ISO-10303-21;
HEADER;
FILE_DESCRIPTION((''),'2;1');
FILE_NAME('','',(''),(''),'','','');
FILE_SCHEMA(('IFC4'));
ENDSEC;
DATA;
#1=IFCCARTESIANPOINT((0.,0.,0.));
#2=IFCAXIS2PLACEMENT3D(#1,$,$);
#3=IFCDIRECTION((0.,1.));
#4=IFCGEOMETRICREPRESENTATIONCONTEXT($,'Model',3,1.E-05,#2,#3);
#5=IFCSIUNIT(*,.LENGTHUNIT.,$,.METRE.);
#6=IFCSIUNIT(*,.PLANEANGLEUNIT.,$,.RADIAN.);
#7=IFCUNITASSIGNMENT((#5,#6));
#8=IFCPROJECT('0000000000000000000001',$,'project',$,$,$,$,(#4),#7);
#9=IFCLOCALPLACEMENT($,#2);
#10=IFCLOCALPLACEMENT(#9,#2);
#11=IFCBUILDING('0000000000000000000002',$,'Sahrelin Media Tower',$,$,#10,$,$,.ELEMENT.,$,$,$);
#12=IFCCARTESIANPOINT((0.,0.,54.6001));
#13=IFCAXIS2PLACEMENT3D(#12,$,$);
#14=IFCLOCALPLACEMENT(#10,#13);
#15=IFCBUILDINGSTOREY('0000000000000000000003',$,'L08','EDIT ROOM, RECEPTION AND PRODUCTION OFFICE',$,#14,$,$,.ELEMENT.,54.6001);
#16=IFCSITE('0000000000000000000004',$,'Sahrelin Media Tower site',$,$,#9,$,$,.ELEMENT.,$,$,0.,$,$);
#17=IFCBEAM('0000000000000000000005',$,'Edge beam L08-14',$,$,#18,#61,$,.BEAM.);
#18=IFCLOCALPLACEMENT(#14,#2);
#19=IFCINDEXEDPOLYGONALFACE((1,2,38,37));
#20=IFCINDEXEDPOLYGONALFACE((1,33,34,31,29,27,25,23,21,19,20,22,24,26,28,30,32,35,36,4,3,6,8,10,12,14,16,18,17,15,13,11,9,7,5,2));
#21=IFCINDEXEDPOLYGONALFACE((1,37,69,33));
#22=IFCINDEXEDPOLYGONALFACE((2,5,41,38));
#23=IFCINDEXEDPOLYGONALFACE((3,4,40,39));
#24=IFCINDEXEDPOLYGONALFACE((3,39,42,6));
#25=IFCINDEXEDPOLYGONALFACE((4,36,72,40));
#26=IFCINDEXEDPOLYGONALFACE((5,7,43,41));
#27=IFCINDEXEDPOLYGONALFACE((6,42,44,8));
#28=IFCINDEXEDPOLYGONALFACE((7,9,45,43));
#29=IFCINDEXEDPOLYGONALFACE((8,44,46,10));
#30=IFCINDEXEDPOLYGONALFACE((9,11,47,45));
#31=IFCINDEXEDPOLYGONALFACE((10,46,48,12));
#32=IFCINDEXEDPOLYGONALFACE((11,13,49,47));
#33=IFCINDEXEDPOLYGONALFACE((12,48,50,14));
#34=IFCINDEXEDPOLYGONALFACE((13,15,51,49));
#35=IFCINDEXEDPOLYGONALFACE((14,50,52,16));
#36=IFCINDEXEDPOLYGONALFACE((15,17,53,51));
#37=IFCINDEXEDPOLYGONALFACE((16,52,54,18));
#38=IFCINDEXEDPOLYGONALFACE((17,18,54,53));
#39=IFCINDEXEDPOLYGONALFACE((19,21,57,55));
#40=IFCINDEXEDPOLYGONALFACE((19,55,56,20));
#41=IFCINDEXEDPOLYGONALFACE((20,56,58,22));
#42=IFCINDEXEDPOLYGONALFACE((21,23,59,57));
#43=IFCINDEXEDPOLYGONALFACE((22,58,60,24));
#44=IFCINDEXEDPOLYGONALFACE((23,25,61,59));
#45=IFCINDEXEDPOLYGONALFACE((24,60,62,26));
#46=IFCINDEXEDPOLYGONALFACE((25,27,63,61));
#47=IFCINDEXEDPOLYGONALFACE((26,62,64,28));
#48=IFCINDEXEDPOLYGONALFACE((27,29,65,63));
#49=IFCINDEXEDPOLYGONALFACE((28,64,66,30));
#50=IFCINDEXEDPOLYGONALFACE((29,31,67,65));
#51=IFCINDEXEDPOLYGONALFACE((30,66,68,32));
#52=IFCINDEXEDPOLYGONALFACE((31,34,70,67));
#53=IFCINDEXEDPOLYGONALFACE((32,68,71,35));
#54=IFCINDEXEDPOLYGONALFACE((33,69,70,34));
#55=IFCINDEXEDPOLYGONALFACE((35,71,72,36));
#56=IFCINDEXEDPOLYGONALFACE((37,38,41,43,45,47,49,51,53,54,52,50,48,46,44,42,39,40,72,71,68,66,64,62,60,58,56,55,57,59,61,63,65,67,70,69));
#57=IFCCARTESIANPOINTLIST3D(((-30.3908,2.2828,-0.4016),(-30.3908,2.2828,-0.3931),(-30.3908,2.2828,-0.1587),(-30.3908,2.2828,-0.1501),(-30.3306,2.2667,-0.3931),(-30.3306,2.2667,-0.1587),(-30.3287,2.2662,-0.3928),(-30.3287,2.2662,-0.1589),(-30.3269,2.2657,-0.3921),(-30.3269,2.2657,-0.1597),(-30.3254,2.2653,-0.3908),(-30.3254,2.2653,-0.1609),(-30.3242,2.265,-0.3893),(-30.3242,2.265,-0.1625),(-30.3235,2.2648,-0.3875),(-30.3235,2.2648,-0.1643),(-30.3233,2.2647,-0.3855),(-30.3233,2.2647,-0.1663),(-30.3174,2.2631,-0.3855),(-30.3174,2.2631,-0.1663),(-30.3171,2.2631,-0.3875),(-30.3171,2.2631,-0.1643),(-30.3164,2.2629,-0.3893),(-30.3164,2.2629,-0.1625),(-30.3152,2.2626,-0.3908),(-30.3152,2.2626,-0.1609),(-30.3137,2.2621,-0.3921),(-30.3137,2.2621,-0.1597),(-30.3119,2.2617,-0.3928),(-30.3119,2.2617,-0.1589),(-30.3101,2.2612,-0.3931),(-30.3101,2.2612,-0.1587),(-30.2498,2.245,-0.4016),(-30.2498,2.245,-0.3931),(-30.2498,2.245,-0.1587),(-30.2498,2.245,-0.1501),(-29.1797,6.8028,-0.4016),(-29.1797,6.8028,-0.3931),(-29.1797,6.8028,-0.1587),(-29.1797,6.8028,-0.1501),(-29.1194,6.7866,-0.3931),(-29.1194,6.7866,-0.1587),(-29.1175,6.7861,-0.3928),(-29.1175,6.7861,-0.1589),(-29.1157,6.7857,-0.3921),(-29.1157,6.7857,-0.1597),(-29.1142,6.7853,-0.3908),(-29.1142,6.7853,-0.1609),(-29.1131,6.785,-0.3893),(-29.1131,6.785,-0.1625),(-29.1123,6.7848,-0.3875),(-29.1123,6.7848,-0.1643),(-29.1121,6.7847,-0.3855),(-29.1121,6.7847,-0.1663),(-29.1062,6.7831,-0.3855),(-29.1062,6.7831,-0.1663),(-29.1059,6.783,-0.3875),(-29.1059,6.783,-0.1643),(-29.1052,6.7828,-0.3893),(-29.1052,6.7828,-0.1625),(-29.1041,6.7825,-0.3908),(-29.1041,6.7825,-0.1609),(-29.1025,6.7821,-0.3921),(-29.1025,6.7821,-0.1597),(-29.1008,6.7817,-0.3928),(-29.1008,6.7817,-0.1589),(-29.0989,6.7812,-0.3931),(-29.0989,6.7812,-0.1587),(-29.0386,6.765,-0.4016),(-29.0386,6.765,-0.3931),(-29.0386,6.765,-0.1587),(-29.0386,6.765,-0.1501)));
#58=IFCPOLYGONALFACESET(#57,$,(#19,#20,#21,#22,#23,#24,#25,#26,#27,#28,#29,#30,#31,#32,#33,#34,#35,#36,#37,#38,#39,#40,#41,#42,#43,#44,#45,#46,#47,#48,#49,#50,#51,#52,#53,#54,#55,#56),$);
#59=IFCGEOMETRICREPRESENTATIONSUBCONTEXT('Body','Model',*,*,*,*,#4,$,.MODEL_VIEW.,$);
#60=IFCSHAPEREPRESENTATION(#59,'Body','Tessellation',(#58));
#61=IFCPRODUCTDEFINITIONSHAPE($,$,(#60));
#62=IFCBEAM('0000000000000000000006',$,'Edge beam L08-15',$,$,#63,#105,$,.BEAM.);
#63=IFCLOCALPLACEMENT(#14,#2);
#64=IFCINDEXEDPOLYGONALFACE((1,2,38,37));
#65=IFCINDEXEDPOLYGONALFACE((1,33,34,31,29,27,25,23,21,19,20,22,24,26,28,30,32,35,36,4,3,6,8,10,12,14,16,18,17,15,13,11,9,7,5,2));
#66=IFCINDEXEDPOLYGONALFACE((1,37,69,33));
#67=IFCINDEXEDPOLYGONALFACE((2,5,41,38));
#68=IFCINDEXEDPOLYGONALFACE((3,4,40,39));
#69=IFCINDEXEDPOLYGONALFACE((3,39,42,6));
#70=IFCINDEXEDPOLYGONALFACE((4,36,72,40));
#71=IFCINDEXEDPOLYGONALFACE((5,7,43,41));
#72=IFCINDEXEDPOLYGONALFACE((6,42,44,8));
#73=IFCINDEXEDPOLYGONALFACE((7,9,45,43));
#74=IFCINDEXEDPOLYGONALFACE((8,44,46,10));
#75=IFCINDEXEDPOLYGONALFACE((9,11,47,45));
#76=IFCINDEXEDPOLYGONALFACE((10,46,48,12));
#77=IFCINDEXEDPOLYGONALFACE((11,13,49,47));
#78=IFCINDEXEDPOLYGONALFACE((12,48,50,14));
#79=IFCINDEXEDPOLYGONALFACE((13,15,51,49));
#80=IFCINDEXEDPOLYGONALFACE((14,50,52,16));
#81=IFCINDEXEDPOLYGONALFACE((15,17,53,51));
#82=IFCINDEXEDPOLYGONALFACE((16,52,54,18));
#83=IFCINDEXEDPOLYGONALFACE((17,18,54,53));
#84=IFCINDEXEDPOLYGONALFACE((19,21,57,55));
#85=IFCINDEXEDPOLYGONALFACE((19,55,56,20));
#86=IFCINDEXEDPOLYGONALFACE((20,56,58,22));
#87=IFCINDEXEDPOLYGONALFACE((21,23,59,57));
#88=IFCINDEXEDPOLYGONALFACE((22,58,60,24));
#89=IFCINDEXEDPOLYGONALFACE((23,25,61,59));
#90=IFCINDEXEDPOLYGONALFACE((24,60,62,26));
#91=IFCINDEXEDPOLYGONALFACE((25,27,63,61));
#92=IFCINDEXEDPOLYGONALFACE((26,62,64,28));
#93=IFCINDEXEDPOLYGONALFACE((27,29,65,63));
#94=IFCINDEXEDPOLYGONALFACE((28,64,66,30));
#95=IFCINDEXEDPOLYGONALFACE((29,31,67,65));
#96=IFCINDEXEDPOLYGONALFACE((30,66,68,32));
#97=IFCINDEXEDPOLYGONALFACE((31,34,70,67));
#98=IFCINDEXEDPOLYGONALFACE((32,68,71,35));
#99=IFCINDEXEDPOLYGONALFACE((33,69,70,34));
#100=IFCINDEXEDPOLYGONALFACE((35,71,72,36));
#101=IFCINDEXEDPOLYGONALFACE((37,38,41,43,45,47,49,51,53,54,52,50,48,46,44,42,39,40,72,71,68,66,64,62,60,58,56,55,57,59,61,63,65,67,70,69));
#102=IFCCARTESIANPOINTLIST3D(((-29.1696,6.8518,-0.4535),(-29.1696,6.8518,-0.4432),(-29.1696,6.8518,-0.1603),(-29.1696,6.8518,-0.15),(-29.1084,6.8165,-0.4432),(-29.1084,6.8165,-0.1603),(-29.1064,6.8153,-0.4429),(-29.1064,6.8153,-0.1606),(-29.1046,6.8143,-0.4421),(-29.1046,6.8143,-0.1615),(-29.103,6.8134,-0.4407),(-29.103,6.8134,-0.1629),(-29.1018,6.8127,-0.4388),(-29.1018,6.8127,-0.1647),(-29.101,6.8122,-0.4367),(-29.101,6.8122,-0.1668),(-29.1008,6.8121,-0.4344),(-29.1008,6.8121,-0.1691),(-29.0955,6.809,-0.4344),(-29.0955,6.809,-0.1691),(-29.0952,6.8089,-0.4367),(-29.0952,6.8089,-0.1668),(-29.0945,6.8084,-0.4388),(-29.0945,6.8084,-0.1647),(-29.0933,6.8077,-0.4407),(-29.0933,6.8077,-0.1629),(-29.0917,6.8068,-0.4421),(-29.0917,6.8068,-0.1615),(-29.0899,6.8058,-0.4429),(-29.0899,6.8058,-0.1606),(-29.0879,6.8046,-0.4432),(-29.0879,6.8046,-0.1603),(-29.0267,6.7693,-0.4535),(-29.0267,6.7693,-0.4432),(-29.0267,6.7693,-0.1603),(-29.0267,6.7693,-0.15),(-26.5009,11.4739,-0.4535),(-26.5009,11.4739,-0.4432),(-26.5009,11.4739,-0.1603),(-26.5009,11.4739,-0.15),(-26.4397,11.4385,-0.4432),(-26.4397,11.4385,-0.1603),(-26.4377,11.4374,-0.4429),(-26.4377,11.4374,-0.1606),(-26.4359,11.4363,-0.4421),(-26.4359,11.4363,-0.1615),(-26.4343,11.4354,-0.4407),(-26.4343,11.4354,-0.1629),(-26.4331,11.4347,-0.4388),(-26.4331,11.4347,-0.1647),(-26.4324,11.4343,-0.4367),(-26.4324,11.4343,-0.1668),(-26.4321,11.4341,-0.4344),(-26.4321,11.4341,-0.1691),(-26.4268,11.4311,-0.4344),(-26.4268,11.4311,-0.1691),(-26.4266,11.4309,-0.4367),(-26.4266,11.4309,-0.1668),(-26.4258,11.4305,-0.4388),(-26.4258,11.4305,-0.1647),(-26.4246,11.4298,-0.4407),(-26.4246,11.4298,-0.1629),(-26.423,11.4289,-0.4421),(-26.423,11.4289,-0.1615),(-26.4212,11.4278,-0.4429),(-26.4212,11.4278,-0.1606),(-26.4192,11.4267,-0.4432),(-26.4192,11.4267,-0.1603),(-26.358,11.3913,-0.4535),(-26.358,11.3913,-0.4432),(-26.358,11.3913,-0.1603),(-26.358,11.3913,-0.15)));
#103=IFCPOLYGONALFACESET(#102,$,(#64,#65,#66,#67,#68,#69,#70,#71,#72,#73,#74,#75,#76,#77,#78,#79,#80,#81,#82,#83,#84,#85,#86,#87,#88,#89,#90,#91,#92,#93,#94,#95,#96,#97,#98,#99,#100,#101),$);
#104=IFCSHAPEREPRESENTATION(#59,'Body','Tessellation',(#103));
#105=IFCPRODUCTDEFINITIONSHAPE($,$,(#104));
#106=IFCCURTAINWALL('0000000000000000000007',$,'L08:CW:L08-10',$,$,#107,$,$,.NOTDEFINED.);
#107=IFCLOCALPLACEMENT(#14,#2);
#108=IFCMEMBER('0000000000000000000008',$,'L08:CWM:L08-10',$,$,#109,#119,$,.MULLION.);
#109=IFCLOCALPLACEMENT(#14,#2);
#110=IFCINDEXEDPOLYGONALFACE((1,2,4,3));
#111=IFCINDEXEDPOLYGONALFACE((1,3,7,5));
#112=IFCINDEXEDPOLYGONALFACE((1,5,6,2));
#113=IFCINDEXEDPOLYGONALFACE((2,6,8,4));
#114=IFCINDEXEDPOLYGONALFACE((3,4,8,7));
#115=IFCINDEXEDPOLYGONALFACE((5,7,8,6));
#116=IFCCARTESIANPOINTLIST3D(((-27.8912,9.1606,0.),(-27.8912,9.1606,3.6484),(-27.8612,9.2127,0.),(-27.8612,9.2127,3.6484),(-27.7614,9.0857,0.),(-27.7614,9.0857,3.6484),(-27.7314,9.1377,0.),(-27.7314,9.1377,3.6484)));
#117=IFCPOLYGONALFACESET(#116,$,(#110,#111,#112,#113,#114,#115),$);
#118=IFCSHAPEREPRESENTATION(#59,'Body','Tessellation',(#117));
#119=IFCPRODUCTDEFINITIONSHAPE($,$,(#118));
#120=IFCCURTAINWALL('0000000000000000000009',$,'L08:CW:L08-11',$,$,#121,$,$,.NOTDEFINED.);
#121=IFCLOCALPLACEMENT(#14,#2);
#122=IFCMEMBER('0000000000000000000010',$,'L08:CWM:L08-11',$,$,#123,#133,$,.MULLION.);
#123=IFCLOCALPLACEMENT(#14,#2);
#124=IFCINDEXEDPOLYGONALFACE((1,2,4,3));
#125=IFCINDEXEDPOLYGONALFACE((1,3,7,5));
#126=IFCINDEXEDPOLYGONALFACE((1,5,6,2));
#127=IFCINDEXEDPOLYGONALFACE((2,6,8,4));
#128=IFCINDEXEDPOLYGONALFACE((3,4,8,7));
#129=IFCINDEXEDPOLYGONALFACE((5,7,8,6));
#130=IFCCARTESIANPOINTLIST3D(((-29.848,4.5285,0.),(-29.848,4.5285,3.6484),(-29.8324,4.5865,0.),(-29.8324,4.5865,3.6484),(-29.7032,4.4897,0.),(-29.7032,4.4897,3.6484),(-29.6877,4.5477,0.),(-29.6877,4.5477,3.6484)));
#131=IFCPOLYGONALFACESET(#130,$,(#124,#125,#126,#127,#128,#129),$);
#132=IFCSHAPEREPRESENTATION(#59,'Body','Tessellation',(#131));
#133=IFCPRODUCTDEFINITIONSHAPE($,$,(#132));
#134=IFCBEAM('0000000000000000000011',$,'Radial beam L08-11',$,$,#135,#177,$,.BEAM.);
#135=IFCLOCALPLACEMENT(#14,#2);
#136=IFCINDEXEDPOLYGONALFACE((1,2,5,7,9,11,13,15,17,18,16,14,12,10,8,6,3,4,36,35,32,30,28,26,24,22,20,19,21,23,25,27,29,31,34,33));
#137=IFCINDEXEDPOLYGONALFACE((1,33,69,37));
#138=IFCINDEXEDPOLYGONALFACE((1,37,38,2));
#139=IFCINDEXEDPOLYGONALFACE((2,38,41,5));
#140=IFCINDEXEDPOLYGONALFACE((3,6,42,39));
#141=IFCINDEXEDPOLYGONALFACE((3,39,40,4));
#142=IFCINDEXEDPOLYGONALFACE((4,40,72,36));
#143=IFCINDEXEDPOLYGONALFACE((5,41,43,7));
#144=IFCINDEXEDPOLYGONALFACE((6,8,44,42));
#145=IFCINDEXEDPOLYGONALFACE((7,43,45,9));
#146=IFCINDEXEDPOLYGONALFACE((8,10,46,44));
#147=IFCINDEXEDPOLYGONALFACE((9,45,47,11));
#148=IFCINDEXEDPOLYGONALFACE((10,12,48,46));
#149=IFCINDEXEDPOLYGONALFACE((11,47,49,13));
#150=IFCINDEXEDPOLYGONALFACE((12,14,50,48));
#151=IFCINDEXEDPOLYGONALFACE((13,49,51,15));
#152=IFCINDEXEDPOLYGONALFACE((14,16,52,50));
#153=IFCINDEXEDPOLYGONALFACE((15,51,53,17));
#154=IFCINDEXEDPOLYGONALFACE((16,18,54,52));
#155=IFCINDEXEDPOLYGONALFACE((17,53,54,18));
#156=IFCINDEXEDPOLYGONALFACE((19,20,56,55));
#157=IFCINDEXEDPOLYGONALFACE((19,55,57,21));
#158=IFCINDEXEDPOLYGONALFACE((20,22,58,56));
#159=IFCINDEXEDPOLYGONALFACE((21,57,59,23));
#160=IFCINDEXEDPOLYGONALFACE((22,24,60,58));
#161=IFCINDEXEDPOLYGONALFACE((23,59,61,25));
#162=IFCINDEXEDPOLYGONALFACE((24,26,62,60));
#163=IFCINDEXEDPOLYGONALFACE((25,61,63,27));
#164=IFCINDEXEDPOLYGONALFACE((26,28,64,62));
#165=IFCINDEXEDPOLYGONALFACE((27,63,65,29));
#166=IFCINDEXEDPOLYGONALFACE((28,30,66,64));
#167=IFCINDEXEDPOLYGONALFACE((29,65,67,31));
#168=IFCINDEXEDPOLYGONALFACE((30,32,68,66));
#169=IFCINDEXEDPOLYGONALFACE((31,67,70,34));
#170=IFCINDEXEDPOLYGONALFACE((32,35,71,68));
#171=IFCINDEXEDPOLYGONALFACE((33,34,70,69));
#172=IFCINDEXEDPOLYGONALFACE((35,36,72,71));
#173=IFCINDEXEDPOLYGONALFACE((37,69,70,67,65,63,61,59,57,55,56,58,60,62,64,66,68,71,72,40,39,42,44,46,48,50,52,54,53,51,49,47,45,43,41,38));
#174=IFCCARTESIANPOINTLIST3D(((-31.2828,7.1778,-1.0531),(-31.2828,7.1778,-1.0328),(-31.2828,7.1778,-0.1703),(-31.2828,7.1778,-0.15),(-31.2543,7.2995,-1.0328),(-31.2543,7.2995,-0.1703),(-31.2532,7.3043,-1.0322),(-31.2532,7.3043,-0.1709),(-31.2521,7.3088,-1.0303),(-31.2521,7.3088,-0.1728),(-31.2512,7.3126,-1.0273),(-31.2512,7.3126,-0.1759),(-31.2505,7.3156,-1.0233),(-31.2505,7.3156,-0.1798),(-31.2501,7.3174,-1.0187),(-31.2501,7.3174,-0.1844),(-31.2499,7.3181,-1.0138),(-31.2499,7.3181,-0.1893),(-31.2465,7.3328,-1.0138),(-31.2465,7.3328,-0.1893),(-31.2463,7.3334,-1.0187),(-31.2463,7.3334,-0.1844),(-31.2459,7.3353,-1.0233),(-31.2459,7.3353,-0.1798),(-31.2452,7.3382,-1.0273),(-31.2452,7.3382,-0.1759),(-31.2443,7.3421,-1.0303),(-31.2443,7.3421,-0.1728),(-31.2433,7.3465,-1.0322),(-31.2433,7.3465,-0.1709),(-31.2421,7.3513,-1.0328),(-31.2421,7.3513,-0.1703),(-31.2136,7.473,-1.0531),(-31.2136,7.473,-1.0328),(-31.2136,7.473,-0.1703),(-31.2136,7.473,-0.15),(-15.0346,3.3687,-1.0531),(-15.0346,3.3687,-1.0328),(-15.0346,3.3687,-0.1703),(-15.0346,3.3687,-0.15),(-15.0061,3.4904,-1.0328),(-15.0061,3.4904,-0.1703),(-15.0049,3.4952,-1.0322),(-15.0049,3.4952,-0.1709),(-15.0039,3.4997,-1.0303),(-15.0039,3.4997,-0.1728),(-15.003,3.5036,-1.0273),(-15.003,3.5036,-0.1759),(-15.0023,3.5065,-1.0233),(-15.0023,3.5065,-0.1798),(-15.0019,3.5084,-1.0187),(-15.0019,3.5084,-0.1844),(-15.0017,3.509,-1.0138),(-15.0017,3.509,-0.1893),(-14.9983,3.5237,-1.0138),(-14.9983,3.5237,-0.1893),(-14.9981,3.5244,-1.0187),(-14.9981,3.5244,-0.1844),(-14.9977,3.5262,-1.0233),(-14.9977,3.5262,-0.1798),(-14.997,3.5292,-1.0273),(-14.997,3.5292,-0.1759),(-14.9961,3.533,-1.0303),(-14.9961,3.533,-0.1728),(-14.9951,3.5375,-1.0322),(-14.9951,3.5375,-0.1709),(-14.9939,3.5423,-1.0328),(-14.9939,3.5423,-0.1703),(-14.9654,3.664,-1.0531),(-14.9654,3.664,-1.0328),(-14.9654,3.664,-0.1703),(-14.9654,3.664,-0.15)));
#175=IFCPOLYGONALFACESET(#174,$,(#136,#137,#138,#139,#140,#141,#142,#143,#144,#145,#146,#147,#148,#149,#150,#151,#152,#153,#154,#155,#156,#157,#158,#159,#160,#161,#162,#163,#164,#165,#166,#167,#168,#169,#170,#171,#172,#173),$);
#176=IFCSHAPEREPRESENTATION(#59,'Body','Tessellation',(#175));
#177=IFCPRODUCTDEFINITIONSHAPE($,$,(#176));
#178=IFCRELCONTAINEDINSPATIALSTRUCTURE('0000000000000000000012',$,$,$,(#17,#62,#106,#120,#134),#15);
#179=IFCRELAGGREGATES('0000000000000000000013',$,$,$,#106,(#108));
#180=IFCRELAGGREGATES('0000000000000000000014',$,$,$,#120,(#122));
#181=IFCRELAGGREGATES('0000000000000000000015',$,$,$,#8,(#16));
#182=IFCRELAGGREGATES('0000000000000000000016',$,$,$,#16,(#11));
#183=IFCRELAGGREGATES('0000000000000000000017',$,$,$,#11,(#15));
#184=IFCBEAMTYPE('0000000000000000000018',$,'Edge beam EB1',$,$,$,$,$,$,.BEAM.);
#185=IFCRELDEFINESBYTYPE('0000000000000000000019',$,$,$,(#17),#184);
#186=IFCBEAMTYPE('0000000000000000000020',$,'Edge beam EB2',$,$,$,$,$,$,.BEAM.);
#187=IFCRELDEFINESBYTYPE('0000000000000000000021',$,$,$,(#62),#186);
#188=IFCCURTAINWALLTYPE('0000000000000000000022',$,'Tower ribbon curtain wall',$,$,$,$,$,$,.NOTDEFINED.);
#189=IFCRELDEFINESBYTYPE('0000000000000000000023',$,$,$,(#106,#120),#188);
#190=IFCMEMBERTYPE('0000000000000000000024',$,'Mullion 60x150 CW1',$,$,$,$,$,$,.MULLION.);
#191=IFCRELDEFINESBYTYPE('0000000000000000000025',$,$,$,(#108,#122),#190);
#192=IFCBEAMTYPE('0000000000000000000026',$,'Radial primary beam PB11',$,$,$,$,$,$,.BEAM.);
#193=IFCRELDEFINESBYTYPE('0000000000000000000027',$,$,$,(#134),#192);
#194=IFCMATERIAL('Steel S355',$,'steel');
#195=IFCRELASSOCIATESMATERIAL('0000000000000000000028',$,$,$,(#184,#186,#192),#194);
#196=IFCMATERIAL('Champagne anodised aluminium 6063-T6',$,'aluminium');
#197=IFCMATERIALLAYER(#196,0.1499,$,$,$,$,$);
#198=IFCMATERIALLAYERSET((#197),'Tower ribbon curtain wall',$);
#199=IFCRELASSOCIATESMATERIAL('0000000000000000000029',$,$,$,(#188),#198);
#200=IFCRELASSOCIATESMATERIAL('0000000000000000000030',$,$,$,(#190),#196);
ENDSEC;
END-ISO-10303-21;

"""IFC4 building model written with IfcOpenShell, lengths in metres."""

from ifc_helpers import new_model, si_unit, direction, frame, origin, origin_2d, place, context, subcontext, project, spatial, rectangle, i_section, extrude, material, layer, layer_set, material_profile, profile_set, type_object, element, aggregate, save


model = new_model("IFC4")

# Units and contexts
model_context = context("Model", 3, precision=1e-05, world=origin(), true_north=direction((0.0, 1.0)))
body_context = subcontext(model_context, "Body", "Model", "MODEL_VIEW")
ifc_project = project(units=[si_unit("LENGTHUNIT", "METRE"), si_unit("PLANEANGLEUNIT", "RADIAN")], contexts=[model_context])

# Site, building, storey
site_placement = place(None, origin())
site = spatial("IfcSite", under=ifc_project, at=site_placement, Name="Sahrelin Media Tower site", CompositionType="ELEMENT", RefElevation=0.0)
building_placement = place(site_placement, origin())
building = spatial("IfcBuilding", under=site, at=building_placement, Name="Sahrelin Media Tower", CompositionType="ELEMENT")
storey_placement = place(building_placement, frame((0.0, 0.0, 54.6001)))
storey = spatial("IfcBuildingStorey", under=building, at=storey_placement, Name="L08", Description="EDIT ROOM, RECEPTION AND PRODUCTION OFFICE", CompositionType="ELEMENT", Elevation=54.6001)

# Beams
ifc_material_1 = material(Name="Steel S355", Category="steel")
ifc_material_profile_1 = material_profile(ifc_material_1, i_section(OverallWidth=0.146, OverallDepth=0.2515, WebThickness=0.0061, FlangeThickness=0.0085, FilletRadius=0.0076, at=origin_2d()), Name="UB 254x146x31")
ifc_profile_set_1 = profile_set([ifc_material_profile_1], Name="Steel S355")
beam_type_1 = type_object("IfcBeamType", Name="Edge beam EB1", PredefinedType="BEAM", material=ifc_profile_set_1)
beam_1_placement = place(storey_placement, frame((-30.3203, 2.2639, -0.2759), z_axis=(0.258828, 0.965923, 0.0), x_axis=(-0.965923, 0.258828, 0.0)))
element("IfcBeam", 1, at=beam_1_placement, inside=storey, type_object=beam_type_1, Name="Edge beam L08-14", PredefinedType="BEAM", context=body_context, shape_type="SweptSolid", body=[
    extrude(i_section(OverallWidth=0.146, OverallDepth=0.2515, WebThickness=0.0061, FlangeThickness=0.0085, FilletRadius=0.0076, at=origin_2d()), origin(), (0.0, 0.0, 1.0), 4.6794),
])
ifc_material_profile_2 = material_profile(ifc_material_1, i_section(OverallWidth=0.165, OverallDepth=0.3035, WebThickness=0.0061, FlangeThickness=0.0103, FilletRadius=0.0088, at=origin_2d()), Name="UB 305x165x40")
ifc_profile_set_2 = profile_set([ifc_material_profile_2], Name="Steel S355")
beam_type_2 = type_object("IfcBeamType", Name="Edge beam EB2", PredefinedType="BEAM", material=ifc_profile_set_2)
beam_2_placement = place(storey_placement, frame((-29.0981, 6.8105, -0.3018), z_axis=(0.500021, 0.866013, 0.0), x_axis=(-0.866013, 0.500021, 0.0)))
element("IfcBeam", 2, at=beam_2_placement, inside=storey, type_object=beam_type_2, Name="Edge beam L08-15", PredefinedType="BEAM", context=body_context, shape_type="SweptSolid", body=[
    extrude(i_section(OverallWidth=0.165, OverallDepth=0.3035, WebThickness=0.0061, FlangeThickness=0.0103, FilletRadius=0.0088, at=origin_2d()), origin(), (0.0, 0.0, 1.0), 5.3372),
])

# Curtain walls, members
ifc_material_2 = material(Name="Champagne anodised aluminium 6063-T6", Category="aluminium")
ifc_layer_1 = layer(ifc_material_2, 0.1499)
ifc_layer_set_1 = layer_set([ifc_layer_1], Name="Tower ribbon curtain wall")
curtain_wall_type = type_object("IfcCurtainWallType", Name="Tower ribbon curtain wall", PredefinedType="NOTDEFINED", material=ifc_layer_set_1)
curtain_wall_1_placement = place(storey_placement, frame((-27.8938, 9.1965, 0.0), z_axis=(0.0, 0.0, 1.0), x_axis=(1.0, 0.0, 0.0)))
curtain_wall_1 = element("IfcCurtainWall", 3, at=curtain_wall_1_placement, inside=storey, type_object=curtain_wall_type, Name="L08:CW:L08-10", PredefinedType="NOTDEFINED")
ifc_material_profile_3 = material_profile(ifc_material_2, rectangle(XDim=0.0601, YDim=0.1499, at=origin_2d()), Name="Mullion 60x150")
ifc_profile_set_3 = profile_set([ifc_material_profile_3], Name="Champagne anodised aluminium 6063-T6")
member_type_1 = type_object("IfcMemberType", Name="Mullion 60x150 CW1", PredefinedType="MULLION", material=ifc_profile_set_3)
member_1_placement = place(storey_placement, frame((-27.8113, 9.1492, 0.0), z_axis=(0.0, 0.0, 1.0), x_axis=(-0.499991, -0.866031, 0.0)))
member_1 = element("IfcMember", 4, at=member_1_placement, type_object=member_type_1, Name="L08:CWM:L08-10", PredefinedType="MULLION", context=body_context, shape_type="SweptSolid", body=[
    extrude(rectangle(XDim=0.0601, YDim=0.1499, at=origin_2d()), origin(), (0.0, 0.0, 1.0), 3.6484),
])
aggregate(curtain_wall_1, [member_1])
curtain_wall_2_placement = place(storey_placement, frame((-29.8596, 4.5627, 0.0), z_axis=(0.0, 0.0, 1.0), x_axis=(1.0, 0.0, 0.0)))
curtain_wall_2 = element("IfcCurtainWall", 5, at=curtain_wall_2_placement, inside=storey, type_object=curtain_wall_type, Name="L08:CW:L08-11", PredefinedType="NOTDEFINED")
member_2_placement = place(storey_placement, frame((-29.7678, 4.5381, 0.0), z_axis=(0.0, 0.0, 1.0), x_axis=(-0.258826, -0.965924, 0.0)))
member_2 = element("IfcMember", 6, at=member_2_placement, type_object=member_type_1, Name="L08:CWM:L08-11", PredefinedType="MULLION", context=body_context, shape_type="SweptSolid", body=[
    extrude(rectangle(XDim=0.0601, YDim=0.1499, at=origin_2d()), origin(), (0.0, 0.0, 1.0), 3.6484),
])

# Beam
ifc_material_profile_4 = material_profile(ifc_material_1, i_section(OverallWidth=0.3032, OverallDepth=0.9031, WebThickness=0.0151, FlangeThickness=0.0203, FilletRadius=0.019, at=origin_2d()), Name="UB 914x305x201")
ifc_profile_set_4 = profile_set([ifc_material_profile_4], Name="Steel S355")
beam_type_3 = type_object("IfcBeamType", Name="Radial primary beam PB11", PredefinedType="BEAM", material=ifc_profile_set_4)
beam_3_placement = place(storey_placement, frame((-15.0, 3.5164, -0.6016), z_axis=(-0.973604, 0.228242, 0.0), x_axis=(-0.228242, -0.973604, 0.0)))
element("IfcBeam", 7, at=beam_3_placement, inside=storey, type_object=beam_type_3, Name="Radial beam L08-11", PredefinedType="BEAM", context=body_context, shape_type="SweptSolid", body=[
    extrude(i_section(OverallWidth=0.3032, OverallDepth=0.9031, WebThickness=0.0151, FlangeThickness=0.0203, FilletRadius=0.019, at=origin_2d()), origin(), (0.0, 0.0, 1.0), 16.6887),
])

aggregate(curtain_wall_2, [member_2])

save(model, "model.ifc")
